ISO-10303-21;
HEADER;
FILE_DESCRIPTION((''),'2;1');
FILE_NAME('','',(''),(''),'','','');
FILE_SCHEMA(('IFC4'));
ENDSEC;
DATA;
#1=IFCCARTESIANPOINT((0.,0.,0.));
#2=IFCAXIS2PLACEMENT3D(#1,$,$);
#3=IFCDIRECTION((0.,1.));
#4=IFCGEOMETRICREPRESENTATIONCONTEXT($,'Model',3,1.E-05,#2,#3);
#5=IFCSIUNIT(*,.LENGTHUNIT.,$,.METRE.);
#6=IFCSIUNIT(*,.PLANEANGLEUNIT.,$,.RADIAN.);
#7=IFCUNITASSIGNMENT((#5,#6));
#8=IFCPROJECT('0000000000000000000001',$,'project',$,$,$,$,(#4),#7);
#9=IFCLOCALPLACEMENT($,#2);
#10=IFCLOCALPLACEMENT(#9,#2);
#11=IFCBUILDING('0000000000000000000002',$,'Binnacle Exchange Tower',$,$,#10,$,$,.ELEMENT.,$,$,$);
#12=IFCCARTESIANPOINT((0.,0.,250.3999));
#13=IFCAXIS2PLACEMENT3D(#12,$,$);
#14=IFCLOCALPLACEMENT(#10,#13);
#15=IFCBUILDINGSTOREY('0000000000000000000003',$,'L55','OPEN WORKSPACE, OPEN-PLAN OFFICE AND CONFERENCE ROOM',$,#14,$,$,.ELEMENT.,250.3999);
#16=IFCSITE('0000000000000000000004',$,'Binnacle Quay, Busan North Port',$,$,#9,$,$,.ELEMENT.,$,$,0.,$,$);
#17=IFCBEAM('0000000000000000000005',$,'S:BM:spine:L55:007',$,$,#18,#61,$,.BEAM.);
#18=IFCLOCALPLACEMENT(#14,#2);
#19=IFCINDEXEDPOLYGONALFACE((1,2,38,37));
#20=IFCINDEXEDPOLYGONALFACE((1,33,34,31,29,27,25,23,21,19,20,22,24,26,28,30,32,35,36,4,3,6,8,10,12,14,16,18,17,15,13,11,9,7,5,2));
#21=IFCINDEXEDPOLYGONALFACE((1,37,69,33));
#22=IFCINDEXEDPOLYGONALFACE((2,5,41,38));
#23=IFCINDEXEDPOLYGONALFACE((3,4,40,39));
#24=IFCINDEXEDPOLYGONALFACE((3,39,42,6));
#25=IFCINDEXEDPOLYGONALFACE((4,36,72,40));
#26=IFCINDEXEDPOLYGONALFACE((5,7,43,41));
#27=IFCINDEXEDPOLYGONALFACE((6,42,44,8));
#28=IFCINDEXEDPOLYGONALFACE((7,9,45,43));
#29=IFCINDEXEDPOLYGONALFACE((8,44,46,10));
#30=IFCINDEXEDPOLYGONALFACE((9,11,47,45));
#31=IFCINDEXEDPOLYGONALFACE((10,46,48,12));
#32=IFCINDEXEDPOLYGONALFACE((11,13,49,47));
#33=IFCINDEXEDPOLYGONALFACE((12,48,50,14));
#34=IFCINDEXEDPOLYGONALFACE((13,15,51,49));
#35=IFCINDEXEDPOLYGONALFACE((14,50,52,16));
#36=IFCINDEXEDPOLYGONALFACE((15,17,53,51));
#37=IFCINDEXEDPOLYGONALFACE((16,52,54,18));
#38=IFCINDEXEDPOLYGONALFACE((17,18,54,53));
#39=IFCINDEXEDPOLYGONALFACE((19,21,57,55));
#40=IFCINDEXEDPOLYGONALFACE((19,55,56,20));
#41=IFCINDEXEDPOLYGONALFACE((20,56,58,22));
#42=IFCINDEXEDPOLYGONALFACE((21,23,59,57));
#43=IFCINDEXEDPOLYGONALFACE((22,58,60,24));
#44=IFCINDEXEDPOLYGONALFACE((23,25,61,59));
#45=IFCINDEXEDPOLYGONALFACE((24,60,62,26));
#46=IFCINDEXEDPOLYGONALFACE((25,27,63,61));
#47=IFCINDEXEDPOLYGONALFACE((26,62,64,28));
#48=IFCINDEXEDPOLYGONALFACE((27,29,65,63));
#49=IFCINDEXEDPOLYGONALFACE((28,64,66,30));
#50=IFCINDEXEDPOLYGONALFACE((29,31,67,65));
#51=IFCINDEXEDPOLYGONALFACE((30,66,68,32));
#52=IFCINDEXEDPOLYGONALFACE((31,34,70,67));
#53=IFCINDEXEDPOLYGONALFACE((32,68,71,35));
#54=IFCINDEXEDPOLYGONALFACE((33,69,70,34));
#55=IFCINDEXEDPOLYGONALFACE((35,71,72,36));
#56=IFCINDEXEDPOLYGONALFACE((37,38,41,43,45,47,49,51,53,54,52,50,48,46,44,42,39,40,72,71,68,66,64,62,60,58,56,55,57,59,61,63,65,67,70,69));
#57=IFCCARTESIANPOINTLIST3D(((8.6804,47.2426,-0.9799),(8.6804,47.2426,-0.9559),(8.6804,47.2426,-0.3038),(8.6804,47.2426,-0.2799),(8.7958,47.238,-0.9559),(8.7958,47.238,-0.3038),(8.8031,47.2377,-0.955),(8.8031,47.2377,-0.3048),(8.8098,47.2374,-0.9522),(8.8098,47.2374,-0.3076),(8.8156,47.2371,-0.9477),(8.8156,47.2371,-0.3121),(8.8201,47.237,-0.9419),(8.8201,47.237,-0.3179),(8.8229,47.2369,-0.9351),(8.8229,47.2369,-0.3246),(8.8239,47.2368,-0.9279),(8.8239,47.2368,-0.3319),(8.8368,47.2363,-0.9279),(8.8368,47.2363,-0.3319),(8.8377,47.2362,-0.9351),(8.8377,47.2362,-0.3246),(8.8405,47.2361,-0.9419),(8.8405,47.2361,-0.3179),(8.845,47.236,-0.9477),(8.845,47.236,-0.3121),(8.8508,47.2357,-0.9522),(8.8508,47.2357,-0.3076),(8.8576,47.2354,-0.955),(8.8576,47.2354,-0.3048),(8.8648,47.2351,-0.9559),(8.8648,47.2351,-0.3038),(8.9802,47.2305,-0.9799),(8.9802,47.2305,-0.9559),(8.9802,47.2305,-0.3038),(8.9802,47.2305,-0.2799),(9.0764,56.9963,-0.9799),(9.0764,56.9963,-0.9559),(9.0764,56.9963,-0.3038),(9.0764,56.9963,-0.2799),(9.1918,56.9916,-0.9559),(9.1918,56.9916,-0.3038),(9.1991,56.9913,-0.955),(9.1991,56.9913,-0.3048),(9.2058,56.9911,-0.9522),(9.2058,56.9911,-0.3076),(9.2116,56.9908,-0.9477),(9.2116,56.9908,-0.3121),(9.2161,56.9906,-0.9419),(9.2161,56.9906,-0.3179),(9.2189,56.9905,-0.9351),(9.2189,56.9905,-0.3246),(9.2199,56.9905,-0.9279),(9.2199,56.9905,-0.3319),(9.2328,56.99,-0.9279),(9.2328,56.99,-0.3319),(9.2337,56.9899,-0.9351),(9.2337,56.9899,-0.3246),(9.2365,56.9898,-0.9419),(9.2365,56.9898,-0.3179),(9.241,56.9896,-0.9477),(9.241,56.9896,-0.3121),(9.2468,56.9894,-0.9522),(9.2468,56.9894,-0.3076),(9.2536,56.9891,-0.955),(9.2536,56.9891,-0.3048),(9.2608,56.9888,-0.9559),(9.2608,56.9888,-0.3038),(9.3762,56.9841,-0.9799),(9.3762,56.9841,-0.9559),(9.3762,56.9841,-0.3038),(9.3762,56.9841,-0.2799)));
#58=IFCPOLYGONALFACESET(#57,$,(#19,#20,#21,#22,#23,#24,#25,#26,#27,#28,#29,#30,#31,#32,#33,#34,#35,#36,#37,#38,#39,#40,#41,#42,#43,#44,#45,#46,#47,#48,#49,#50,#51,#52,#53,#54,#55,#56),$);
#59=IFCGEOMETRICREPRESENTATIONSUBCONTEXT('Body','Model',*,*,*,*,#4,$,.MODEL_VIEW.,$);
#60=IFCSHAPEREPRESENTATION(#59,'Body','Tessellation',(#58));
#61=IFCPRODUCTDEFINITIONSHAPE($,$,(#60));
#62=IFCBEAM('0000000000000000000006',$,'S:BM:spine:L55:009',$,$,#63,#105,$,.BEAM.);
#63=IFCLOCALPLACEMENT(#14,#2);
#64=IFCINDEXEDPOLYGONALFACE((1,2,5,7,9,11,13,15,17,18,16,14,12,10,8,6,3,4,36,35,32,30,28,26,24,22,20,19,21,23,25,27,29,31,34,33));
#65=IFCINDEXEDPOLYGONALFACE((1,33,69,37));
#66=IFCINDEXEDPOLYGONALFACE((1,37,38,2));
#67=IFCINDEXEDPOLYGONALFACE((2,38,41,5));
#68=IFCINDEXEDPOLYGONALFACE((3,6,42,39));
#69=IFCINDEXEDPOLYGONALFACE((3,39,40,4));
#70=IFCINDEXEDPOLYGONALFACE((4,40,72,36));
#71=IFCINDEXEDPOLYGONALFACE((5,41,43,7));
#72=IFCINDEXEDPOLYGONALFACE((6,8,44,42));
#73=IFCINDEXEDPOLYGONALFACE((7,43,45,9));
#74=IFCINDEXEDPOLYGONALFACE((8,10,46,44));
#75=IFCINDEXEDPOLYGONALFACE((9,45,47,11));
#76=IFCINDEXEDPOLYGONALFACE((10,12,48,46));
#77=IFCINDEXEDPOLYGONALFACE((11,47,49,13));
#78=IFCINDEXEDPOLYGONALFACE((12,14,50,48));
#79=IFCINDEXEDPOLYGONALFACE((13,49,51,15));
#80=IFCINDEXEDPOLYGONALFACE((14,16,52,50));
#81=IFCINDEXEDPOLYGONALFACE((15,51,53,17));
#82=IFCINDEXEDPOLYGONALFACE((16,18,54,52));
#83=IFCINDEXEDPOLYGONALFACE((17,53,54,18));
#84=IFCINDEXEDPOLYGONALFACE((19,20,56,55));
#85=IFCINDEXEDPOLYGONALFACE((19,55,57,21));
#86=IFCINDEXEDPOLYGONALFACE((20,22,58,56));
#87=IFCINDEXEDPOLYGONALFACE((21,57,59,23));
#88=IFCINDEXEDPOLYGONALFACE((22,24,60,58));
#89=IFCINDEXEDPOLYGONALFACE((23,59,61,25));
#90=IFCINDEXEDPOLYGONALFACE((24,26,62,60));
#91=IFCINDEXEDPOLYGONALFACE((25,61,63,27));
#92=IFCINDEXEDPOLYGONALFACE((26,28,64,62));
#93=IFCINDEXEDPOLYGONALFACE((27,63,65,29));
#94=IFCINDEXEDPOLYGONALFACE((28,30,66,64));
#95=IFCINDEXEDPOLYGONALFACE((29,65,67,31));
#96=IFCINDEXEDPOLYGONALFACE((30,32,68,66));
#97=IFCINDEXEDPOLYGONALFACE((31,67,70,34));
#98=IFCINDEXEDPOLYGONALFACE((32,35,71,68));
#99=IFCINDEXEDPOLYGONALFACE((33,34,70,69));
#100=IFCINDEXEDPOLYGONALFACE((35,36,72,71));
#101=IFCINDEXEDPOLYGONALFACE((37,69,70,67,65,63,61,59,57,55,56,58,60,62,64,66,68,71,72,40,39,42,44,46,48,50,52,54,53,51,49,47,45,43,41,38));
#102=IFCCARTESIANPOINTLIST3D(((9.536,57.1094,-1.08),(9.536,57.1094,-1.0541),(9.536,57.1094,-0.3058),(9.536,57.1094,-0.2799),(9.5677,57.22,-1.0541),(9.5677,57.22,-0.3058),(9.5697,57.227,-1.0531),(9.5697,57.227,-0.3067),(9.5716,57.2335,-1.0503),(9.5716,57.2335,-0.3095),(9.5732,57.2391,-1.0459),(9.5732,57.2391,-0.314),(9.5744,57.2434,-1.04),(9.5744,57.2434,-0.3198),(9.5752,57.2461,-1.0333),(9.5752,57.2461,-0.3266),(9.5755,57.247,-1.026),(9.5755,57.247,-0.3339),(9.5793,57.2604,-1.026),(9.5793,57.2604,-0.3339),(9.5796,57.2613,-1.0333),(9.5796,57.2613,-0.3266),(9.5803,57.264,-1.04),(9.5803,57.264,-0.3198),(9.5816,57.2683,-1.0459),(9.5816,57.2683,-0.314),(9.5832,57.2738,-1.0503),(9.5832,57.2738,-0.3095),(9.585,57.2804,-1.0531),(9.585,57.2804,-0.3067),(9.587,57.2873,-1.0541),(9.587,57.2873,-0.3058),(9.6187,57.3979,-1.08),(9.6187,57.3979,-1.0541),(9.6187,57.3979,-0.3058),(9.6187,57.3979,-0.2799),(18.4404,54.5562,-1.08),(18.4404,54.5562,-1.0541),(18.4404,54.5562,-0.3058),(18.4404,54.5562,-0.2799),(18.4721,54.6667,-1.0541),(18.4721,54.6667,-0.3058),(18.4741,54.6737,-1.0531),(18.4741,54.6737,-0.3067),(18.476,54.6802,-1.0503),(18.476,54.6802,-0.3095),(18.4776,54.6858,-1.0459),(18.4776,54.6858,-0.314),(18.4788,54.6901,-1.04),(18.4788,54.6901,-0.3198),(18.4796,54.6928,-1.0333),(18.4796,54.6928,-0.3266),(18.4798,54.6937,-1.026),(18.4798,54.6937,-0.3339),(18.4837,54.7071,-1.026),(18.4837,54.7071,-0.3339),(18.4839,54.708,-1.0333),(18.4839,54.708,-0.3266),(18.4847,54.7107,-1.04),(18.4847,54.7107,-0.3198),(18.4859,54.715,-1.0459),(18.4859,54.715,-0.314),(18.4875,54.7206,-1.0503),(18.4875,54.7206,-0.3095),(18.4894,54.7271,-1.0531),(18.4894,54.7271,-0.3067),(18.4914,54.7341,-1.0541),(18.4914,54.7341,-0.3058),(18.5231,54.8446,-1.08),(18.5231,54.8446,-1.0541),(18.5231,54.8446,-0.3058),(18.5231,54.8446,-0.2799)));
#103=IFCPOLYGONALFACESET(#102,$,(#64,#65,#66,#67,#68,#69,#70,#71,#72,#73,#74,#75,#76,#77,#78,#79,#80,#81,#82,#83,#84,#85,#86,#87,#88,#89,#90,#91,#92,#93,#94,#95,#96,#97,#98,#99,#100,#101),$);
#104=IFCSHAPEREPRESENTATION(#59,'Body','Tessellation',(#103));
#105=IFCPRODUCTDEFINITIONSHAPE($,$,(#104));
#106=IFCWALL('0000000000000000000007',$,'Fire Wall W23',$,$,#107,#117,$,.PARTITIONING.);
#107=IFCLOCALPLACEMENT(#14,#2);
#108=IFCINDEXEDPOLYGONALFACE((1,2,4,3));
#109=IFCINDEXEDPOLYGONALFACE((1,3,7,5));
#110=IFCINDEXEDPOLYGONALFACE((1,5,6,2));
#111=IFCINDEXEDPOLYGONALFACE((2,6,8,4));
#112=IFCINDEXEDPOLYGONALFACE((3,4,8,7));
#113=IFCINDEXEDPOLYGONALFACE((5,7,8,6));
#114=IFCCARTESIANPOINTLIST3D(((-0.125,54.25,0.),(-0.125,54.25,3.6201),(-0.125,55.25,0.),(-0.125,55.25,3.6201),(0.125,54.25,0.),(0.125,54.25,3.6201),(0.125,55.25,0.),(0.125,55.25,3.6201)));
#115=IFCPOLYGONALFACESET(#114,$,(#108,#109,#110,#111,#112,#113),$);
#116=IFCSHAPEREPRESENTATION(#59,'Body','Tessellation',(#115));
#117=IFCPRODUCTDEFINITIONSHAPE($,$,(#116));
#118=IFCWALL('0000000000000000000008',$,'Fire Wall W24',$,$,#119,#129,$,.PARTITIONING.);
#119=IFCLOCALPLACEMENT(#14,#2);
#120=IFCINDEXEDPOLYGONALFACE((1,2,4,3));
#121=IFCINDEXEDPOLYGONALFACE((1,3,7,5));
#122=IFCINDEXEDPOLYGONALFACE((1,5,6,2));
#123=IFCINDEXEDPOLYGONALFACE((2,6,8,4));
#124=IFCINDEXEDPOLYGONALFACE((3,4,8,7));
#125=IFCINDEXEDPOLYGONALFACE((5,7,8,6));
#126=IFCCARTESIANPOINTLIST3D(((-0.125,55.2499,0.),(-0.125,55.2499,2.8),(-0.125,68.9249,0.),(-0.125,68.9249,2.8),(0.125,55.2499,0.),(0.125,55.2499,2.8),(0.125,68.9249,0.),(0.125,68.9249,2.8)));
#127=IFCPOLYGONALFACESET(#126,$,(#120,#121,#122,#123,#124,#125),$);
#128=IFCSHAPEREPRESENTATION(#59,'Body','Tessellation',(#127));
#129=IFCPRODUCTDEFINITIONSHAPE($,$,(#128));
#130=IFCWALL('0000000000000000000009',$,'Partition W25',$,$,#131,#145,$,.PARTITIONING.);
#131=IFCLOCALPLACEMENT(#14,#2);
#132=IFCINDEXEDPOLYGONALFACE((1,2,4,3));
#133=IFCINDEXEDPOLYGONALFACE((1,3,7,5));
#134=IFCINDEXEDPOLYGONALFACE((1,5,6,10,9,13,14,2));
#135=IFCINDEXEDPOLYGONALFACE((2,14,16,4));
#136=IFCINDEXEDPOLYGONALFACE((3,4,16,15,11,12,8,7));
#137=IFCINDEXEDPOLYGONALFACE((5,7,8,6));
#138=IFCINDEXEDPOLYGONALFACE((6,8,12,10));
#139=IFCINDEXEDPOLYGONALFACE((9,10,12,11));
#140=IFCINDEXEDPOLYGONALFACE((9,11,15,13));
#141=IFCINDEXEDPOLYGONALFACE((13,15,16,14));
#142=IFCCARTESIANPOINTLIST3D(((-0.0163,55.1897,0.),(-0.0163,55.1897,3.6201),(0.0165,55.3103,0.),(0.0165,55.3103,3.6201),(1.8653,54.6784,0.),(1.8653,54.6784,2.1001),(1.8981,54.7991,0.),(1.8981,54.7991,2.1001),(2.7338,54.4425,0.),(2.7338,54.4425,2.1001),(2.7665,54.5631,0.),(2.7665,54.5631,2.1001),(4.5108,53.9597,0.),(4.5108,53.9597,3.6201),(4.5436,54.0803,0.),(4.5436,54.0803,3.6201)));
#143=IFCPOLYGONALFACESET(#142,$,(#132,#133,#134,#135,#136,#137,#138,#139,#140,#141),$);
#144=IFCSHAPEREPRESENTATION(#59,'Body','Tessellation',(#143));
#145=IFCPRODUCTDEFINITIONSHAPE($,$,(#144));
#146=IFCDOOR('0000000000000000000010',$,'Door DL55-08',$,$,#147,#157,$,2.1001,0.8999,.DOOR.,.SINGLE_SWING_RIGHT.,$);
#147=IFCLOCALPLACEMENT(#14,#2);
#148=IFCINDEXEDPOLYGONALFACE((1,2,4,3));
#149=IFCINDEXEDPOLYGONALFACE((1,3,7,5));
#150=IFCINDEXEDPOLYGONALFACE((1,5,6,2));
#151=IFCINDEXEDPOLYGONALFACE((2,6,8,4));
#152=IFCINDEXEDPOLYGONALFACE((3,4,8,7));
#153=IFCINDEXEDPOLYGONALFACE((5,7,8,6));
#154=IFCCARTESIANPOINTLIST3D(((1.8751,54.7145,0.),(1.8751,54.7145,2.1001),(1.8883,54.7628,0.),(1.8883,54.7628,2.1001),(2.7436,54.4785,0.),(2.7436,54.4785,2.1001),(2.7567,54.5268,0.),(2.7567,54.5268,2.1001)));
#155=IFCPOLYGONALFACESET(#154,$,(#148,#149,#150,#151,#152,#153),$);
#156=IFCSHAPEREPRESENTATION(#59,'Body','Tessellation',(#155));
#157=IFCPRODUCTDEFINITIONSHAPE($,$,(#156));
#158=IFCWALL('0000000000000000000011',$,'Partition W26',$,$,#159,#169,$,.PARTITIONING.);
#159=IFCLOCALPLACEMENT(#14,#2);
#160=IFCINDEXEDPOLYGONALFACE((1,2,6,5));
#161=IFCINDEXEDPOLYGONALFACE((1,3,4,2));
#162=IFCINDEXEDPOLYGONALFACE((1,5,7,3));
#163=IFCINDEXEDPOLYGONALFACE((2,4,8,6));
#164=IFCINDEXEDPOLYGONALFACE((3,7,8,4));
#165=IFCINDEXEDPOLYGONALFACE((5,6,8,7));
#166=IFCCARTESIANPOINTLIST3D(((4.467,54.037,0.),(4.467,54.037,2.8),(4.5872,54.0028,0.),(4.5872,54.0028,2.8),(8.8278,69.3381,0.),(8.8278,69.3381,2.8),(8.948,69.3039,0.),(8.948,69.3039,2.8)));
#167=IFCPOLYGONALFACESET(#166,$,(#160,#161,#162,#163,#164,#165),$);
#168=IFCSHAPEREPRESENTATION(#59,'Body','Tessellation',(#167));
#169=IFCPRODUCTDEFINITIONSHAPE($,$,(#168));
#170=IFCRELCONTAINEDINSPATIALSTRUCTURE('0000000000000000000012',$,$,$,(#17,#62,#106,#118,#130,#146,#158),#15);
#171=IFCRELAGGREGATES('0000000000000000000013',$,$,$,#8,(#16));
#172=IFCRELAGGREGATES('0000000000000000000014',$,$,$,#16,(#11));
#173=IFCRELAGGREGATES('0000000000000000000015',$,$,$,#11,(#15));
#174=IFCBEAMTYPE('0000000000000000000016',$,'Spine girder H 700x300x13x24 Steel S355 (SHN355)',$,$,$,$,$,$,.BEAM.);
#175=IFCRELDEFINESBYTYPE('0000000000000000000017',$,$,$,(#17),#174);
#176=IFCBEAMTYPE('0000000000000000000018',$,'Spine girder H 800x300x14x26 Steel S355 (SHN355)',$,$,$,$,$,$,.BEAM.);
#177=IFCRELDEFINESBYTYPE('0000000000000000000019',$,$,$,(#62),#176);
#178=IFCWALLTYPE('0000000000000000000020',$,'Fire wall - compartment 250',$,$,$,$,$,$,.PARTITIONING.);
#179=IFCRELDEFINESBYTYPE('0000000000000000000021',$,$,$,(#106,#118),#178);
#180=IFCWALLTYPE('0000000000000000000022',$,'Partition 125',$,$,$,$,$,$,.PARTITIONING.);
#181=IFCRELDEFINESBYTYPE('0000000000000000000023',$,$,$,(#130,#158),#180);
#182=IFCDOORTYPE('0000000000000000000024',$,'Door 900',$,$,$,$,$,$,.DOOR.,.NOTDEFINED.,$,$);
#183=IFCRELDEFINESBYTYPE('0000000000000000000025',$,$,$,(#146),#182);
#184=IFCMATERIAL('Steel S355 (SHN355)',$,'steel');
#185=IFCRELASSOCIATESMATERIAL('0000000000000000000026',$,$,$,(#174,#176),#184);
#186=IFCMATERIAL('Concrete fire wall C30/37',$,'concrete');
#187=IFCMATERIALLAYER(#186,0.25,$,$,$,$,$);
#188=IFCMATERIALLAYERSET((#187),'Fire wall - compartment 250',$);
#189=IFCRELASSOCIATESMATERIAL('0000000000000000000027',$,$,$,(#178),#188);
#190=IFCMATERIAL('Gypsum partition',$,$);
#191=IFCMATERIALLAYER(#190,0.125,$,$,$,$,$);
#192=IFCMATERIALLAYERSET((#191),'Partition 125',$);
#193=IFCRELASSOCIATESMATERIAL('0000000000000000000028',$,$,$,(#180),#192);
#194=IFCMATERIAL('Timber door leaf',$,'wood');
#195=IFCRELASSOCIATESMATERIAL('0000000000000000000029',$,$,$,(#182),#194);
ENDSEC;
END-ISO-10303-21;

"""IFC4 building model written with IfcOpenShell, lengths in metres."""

from ifc_helpers import new_model, si_unit, direction, frame, frame_2d, origin, origin_2d, place, context, subcontext, project, spatial, rectangle, i_section, extrude, material, layer, layer_set, material_profile, profile_set, type_object, element, fill, save


model = new_model("IFC4")

# Units and contexts
model_context = context("Model", 3, precision=1e-05, world=origin(), true_north=direction((0.0, 1.0)))
body_context = subcontext(model_context, "Body", "Model", "MODEL_VIEW")
ifc_project = project(units=[si_unit("LENGTHUNIT", "METRE"), si_unit("PLANEANGLEUNIT", "RADIAN")], contexts=[model_context])

# Site, building, storey
site_placement = place(None, origin())
site = spatial("IfcSite", under=ifc_project, at=site_placement, Name="Binnacle Quay, Busan North Port", CompositionType="ELEMENT", RefElevation=0.0)
building_placement = place(site_placement, origin())
building = spatial("IfcBuilding", under=site, at=building_placement, Name="Binnacle Exchange Tower", CompositionType="ELEMENT")
storey_placement = place(building_placement, frame((0.0, 0.0, 250.3999)))
storey = spatial("IfcBuildingStorey", under=building, at=storey_placement, Name="L55", Description="OPEN WORKSPACE, OPEN-PLAN OFFICE AND CONFERENCE ROOM", CompositionType="ELEMENT", Elevation=250.3999)

# Beams
ifc_material_1 = material(Name="Steel S355 (SHN355)", Category="steel")
ifc_material_profile_1 = material_profile(ifc_material_1, i_section(OverallWidth=0.3, OverallDepth=0.7, WebThickness=0.0129, FlangeThickness=0.0239, FilletRadius=0.0281, at=origin_2d()), Name="H 700x300x13x24")
ifc_profile_set_1 = profile_set([ifc_material_profile_1], Name="Steel S355 (SHN355)")
beam_type_1 = type_object("IfcBeamType", Name="Spine girder H 700x300x13x24 Steel S355 (SHN355)", PredefinedType="BEAM", material=ifc_profile_set_1)
beam_1_placement = place(storey_placement, frame((9.2263, 56.9902, -0.6299), z_axis=(-0.040566, -0.999177, 0.0), x_axis=(0.999177, -0.040566, 0.0)))
element("IfcBeam", 1, at=beam_1_placement, inside=storey, type_object=beam_type_1, Name="S:BM:spine:L55:007", PredefinedType="BEAM", context=body_context, shape_type="SweptSolid", body=[
    extrude(i_section(OverallWidth=0.3, OverallDepth=0.7, WebThickness=0.0129, FlangeThickness=0.0239, FilletRadius=0.0281, at=origin_2d()), origin(), (0.0, 0.0, 1.0), 9.7617),
])
ifc_material_profile_2 = material_profile(ifc_material_1, i_section(OverallWidth=0.3, OverallDepth=0.8, WebThickness=0.0139, FlangeThickness=0.0259, FilletRadius=0.0281, at=origin_2d()), Name="H 800x300x14x26")
ifc_profile_set_2 = profile_set([ifc_material_profile_2], Name="Steel S355 (SHN355)")
beam_type_2 = type_object("IfcBeamType", Name="Spine girder H 800x300x14x26 Steel S355 (SHN355)", PredefinedType="BEAM", material=ifc_profile_set_2)
beam_2_placement = place(storey_placement, frame((9.5774, 57.2537, -0.6799), z_axis=(0.961263, -0.275633, 0.0), x_axis=(0.275633, 0.961263, 0.0)))
element("IfcBeam", 2, at=beam_2_placement, inside=storey, type_object=beam_type_2, Name="S:BM:spine:L55:009", PredefinedType="BEAM", context=body_context, shape_type="SweptSolid", body=[
    extrude(i_section(OverallWidth=0.3, OverallDepth=0.8, WebThickness=0.0139, FlangeThickness=0.0259, FilletRadius=0.0281, at=origin_2d()), origin(), (0.0, 0.0, 1.0), 9.2632),
])

# Walls
ifc_material_2 = material(Name="Concrete fire wall C30/37", Category="concrete")
ifc_layer_1 = layer(ifc_material_2, 0.25)
ifc_layer_set_1 = layer_set([ifc_layer_1], Name="Fire wall - compartment 250")
wall_type_1 = type_object("IfcWallType", Name="Fire wall - compartment 250", PredefinedType="PARTITIONING", material=ifc_layer_set_1)
wall_1_placement = place(storey_placement, frame((0.0, 54.25, 0.0), z_axis=(0.0, 0.0, 1.0), x_axis=(0.0, 1.0, 0.0)))
element("IfcWall", 3, at=wall_1_placement, inside=storey, type_object=wall_type_1, Name="Fire Wall W23", PredefinedType="PARTITIONING", context=body_context, shape_type="SweptSolid", body=[
    extrude(rectangle(XDim=1.0, YDim=0.25, at=frame_2d((0.5, 0.0))), origin(), (0.0, 0.0, 1.0), 3.6201),
])
wall_2_placement = place(storey_placement, frame((0.0, 55.25, 0.0), z_axis=(0.0, 0.0, 1.0), x_axis=(0.0, 1.0, 0.0)))
element("IfcWall", 4, at=wall_2_placement, inside=storey, type_object=wall_type_1, Name="Fire Wall W24", PredefinedType="PARTITIONING", context=body_context, shape_type="SweptSolid", body=[
    extrude(rectangle(XDim=13.675, YDim=0.25, at=frame_2d((6.8374, 0.0))), origin(), (0.0, 0.0, 1.0), 2.8),
])

# Wall, opening, door
ifc_material_3 = material(Name="Gypsum partition")
ifc_layer_2 = layer(ifc_material_3, 0.125)
ifc_layer_set_2 = layer_set([ifc_layer_2], Name="Partition 125")
wall_type_2 = type_object("IfcWallType", Name="Partition 125", PredefinedType="PARTITIONING", material=ifc_layer_set_2)
wall_3_placement = place(storey_placement, frame((0.0, 55.25, 0.0), z_axis=(0.0, 0.0, 1.0), x_axis=(0.965017, -0.262188, 0.0)))
wall_3 = element("IfcWall", 5, at=wall_3_placement, inside=storey, type_object=wall_type_2, Name="Partition W25", PredefinedType="PARTITIONING", context=body_context, shape_type="SweptSolid", body=[
    extrude(rectangle(XDim=4.6912, YDim=0.125, at=frame_2d((2.3457, 0.0))), origin(), (0.0, 0.0, 1.0), 3.6201),
])
opening_1_placement = place(wall_3_placement, frame((1.95, 0.0, 0.0)))
opening_1 = element("IfcOpeningElement", 6, at=opening_1_placement, cuts=wall_3, PredefinedType="OPENING", context=body_context, shape_type="SweptSolid", body=[
    extrude(rectangle(XDim=0.8999, YDim=2.1001, at=frame_2d((0.45, 1.05))), frame((0.0, 0.0725, 0.0), z_axis=(0.0, -1.0, 0.0), x_axis=(1.0, 0.0, 0.0)), (0.0, 0.0, 1.0), 0.145),
])
ifc_material_4 = material(Name="Timber door leaf", Category="wood")
door_type = type_object("IfcDoorType", Name="Door 900", OperationType="NOTDEFINED", PredefinedType="DOOR", material=ifc_material_4)
door_1_placement = place(opening_1_placement, origin())
door_1 = element("IfcDoor", 7, at=door_1_placement, inside=storey, type_object=door_type, Name="Door DL55-08", OperationType="SINGLE_SWING_RIGHT", OverallHeight=2.1001, OverallWidth=0.8999, PredefinedType="DOOR", context=body_context, shape_type="SweptSolid", body=[
    extrude(rectangle(XDim=0.8999, YDim=2.1001, at=frame_2d((0.45, 1.05))), frame((0.0, 0.0249, 0.0), z_axis=(0.0, -1.0, 0.0), x_axis=(1.0, 0.0, 0.0)), (0.0, 0.0, 1.0), 0.05),
])
fill(opening_1, door_1)

# Wall
wall_4_placement = place(storey_placement, frame((4.5271, 54.02, 0.0), z_axis=(0.0, 0.0, 1.0), x_axis=(0.274089, 0.961704, 0.0)))
element("IfcWall", 8, at=wall_4_placement, inside=storey, type_object=wall_type_2, Name="Partition W26", PredefinedType="PARTITIONING", context=body_context, shape_type="SweptSolid", body=[
    extrude(rectangle(XDim=15.9104, YDim=0.125, at=frame_2d((7.9551, 0.0))), origin(), (0.0, 0.0, 1.0), 2.8),
])

save(model, "model.ifc")
